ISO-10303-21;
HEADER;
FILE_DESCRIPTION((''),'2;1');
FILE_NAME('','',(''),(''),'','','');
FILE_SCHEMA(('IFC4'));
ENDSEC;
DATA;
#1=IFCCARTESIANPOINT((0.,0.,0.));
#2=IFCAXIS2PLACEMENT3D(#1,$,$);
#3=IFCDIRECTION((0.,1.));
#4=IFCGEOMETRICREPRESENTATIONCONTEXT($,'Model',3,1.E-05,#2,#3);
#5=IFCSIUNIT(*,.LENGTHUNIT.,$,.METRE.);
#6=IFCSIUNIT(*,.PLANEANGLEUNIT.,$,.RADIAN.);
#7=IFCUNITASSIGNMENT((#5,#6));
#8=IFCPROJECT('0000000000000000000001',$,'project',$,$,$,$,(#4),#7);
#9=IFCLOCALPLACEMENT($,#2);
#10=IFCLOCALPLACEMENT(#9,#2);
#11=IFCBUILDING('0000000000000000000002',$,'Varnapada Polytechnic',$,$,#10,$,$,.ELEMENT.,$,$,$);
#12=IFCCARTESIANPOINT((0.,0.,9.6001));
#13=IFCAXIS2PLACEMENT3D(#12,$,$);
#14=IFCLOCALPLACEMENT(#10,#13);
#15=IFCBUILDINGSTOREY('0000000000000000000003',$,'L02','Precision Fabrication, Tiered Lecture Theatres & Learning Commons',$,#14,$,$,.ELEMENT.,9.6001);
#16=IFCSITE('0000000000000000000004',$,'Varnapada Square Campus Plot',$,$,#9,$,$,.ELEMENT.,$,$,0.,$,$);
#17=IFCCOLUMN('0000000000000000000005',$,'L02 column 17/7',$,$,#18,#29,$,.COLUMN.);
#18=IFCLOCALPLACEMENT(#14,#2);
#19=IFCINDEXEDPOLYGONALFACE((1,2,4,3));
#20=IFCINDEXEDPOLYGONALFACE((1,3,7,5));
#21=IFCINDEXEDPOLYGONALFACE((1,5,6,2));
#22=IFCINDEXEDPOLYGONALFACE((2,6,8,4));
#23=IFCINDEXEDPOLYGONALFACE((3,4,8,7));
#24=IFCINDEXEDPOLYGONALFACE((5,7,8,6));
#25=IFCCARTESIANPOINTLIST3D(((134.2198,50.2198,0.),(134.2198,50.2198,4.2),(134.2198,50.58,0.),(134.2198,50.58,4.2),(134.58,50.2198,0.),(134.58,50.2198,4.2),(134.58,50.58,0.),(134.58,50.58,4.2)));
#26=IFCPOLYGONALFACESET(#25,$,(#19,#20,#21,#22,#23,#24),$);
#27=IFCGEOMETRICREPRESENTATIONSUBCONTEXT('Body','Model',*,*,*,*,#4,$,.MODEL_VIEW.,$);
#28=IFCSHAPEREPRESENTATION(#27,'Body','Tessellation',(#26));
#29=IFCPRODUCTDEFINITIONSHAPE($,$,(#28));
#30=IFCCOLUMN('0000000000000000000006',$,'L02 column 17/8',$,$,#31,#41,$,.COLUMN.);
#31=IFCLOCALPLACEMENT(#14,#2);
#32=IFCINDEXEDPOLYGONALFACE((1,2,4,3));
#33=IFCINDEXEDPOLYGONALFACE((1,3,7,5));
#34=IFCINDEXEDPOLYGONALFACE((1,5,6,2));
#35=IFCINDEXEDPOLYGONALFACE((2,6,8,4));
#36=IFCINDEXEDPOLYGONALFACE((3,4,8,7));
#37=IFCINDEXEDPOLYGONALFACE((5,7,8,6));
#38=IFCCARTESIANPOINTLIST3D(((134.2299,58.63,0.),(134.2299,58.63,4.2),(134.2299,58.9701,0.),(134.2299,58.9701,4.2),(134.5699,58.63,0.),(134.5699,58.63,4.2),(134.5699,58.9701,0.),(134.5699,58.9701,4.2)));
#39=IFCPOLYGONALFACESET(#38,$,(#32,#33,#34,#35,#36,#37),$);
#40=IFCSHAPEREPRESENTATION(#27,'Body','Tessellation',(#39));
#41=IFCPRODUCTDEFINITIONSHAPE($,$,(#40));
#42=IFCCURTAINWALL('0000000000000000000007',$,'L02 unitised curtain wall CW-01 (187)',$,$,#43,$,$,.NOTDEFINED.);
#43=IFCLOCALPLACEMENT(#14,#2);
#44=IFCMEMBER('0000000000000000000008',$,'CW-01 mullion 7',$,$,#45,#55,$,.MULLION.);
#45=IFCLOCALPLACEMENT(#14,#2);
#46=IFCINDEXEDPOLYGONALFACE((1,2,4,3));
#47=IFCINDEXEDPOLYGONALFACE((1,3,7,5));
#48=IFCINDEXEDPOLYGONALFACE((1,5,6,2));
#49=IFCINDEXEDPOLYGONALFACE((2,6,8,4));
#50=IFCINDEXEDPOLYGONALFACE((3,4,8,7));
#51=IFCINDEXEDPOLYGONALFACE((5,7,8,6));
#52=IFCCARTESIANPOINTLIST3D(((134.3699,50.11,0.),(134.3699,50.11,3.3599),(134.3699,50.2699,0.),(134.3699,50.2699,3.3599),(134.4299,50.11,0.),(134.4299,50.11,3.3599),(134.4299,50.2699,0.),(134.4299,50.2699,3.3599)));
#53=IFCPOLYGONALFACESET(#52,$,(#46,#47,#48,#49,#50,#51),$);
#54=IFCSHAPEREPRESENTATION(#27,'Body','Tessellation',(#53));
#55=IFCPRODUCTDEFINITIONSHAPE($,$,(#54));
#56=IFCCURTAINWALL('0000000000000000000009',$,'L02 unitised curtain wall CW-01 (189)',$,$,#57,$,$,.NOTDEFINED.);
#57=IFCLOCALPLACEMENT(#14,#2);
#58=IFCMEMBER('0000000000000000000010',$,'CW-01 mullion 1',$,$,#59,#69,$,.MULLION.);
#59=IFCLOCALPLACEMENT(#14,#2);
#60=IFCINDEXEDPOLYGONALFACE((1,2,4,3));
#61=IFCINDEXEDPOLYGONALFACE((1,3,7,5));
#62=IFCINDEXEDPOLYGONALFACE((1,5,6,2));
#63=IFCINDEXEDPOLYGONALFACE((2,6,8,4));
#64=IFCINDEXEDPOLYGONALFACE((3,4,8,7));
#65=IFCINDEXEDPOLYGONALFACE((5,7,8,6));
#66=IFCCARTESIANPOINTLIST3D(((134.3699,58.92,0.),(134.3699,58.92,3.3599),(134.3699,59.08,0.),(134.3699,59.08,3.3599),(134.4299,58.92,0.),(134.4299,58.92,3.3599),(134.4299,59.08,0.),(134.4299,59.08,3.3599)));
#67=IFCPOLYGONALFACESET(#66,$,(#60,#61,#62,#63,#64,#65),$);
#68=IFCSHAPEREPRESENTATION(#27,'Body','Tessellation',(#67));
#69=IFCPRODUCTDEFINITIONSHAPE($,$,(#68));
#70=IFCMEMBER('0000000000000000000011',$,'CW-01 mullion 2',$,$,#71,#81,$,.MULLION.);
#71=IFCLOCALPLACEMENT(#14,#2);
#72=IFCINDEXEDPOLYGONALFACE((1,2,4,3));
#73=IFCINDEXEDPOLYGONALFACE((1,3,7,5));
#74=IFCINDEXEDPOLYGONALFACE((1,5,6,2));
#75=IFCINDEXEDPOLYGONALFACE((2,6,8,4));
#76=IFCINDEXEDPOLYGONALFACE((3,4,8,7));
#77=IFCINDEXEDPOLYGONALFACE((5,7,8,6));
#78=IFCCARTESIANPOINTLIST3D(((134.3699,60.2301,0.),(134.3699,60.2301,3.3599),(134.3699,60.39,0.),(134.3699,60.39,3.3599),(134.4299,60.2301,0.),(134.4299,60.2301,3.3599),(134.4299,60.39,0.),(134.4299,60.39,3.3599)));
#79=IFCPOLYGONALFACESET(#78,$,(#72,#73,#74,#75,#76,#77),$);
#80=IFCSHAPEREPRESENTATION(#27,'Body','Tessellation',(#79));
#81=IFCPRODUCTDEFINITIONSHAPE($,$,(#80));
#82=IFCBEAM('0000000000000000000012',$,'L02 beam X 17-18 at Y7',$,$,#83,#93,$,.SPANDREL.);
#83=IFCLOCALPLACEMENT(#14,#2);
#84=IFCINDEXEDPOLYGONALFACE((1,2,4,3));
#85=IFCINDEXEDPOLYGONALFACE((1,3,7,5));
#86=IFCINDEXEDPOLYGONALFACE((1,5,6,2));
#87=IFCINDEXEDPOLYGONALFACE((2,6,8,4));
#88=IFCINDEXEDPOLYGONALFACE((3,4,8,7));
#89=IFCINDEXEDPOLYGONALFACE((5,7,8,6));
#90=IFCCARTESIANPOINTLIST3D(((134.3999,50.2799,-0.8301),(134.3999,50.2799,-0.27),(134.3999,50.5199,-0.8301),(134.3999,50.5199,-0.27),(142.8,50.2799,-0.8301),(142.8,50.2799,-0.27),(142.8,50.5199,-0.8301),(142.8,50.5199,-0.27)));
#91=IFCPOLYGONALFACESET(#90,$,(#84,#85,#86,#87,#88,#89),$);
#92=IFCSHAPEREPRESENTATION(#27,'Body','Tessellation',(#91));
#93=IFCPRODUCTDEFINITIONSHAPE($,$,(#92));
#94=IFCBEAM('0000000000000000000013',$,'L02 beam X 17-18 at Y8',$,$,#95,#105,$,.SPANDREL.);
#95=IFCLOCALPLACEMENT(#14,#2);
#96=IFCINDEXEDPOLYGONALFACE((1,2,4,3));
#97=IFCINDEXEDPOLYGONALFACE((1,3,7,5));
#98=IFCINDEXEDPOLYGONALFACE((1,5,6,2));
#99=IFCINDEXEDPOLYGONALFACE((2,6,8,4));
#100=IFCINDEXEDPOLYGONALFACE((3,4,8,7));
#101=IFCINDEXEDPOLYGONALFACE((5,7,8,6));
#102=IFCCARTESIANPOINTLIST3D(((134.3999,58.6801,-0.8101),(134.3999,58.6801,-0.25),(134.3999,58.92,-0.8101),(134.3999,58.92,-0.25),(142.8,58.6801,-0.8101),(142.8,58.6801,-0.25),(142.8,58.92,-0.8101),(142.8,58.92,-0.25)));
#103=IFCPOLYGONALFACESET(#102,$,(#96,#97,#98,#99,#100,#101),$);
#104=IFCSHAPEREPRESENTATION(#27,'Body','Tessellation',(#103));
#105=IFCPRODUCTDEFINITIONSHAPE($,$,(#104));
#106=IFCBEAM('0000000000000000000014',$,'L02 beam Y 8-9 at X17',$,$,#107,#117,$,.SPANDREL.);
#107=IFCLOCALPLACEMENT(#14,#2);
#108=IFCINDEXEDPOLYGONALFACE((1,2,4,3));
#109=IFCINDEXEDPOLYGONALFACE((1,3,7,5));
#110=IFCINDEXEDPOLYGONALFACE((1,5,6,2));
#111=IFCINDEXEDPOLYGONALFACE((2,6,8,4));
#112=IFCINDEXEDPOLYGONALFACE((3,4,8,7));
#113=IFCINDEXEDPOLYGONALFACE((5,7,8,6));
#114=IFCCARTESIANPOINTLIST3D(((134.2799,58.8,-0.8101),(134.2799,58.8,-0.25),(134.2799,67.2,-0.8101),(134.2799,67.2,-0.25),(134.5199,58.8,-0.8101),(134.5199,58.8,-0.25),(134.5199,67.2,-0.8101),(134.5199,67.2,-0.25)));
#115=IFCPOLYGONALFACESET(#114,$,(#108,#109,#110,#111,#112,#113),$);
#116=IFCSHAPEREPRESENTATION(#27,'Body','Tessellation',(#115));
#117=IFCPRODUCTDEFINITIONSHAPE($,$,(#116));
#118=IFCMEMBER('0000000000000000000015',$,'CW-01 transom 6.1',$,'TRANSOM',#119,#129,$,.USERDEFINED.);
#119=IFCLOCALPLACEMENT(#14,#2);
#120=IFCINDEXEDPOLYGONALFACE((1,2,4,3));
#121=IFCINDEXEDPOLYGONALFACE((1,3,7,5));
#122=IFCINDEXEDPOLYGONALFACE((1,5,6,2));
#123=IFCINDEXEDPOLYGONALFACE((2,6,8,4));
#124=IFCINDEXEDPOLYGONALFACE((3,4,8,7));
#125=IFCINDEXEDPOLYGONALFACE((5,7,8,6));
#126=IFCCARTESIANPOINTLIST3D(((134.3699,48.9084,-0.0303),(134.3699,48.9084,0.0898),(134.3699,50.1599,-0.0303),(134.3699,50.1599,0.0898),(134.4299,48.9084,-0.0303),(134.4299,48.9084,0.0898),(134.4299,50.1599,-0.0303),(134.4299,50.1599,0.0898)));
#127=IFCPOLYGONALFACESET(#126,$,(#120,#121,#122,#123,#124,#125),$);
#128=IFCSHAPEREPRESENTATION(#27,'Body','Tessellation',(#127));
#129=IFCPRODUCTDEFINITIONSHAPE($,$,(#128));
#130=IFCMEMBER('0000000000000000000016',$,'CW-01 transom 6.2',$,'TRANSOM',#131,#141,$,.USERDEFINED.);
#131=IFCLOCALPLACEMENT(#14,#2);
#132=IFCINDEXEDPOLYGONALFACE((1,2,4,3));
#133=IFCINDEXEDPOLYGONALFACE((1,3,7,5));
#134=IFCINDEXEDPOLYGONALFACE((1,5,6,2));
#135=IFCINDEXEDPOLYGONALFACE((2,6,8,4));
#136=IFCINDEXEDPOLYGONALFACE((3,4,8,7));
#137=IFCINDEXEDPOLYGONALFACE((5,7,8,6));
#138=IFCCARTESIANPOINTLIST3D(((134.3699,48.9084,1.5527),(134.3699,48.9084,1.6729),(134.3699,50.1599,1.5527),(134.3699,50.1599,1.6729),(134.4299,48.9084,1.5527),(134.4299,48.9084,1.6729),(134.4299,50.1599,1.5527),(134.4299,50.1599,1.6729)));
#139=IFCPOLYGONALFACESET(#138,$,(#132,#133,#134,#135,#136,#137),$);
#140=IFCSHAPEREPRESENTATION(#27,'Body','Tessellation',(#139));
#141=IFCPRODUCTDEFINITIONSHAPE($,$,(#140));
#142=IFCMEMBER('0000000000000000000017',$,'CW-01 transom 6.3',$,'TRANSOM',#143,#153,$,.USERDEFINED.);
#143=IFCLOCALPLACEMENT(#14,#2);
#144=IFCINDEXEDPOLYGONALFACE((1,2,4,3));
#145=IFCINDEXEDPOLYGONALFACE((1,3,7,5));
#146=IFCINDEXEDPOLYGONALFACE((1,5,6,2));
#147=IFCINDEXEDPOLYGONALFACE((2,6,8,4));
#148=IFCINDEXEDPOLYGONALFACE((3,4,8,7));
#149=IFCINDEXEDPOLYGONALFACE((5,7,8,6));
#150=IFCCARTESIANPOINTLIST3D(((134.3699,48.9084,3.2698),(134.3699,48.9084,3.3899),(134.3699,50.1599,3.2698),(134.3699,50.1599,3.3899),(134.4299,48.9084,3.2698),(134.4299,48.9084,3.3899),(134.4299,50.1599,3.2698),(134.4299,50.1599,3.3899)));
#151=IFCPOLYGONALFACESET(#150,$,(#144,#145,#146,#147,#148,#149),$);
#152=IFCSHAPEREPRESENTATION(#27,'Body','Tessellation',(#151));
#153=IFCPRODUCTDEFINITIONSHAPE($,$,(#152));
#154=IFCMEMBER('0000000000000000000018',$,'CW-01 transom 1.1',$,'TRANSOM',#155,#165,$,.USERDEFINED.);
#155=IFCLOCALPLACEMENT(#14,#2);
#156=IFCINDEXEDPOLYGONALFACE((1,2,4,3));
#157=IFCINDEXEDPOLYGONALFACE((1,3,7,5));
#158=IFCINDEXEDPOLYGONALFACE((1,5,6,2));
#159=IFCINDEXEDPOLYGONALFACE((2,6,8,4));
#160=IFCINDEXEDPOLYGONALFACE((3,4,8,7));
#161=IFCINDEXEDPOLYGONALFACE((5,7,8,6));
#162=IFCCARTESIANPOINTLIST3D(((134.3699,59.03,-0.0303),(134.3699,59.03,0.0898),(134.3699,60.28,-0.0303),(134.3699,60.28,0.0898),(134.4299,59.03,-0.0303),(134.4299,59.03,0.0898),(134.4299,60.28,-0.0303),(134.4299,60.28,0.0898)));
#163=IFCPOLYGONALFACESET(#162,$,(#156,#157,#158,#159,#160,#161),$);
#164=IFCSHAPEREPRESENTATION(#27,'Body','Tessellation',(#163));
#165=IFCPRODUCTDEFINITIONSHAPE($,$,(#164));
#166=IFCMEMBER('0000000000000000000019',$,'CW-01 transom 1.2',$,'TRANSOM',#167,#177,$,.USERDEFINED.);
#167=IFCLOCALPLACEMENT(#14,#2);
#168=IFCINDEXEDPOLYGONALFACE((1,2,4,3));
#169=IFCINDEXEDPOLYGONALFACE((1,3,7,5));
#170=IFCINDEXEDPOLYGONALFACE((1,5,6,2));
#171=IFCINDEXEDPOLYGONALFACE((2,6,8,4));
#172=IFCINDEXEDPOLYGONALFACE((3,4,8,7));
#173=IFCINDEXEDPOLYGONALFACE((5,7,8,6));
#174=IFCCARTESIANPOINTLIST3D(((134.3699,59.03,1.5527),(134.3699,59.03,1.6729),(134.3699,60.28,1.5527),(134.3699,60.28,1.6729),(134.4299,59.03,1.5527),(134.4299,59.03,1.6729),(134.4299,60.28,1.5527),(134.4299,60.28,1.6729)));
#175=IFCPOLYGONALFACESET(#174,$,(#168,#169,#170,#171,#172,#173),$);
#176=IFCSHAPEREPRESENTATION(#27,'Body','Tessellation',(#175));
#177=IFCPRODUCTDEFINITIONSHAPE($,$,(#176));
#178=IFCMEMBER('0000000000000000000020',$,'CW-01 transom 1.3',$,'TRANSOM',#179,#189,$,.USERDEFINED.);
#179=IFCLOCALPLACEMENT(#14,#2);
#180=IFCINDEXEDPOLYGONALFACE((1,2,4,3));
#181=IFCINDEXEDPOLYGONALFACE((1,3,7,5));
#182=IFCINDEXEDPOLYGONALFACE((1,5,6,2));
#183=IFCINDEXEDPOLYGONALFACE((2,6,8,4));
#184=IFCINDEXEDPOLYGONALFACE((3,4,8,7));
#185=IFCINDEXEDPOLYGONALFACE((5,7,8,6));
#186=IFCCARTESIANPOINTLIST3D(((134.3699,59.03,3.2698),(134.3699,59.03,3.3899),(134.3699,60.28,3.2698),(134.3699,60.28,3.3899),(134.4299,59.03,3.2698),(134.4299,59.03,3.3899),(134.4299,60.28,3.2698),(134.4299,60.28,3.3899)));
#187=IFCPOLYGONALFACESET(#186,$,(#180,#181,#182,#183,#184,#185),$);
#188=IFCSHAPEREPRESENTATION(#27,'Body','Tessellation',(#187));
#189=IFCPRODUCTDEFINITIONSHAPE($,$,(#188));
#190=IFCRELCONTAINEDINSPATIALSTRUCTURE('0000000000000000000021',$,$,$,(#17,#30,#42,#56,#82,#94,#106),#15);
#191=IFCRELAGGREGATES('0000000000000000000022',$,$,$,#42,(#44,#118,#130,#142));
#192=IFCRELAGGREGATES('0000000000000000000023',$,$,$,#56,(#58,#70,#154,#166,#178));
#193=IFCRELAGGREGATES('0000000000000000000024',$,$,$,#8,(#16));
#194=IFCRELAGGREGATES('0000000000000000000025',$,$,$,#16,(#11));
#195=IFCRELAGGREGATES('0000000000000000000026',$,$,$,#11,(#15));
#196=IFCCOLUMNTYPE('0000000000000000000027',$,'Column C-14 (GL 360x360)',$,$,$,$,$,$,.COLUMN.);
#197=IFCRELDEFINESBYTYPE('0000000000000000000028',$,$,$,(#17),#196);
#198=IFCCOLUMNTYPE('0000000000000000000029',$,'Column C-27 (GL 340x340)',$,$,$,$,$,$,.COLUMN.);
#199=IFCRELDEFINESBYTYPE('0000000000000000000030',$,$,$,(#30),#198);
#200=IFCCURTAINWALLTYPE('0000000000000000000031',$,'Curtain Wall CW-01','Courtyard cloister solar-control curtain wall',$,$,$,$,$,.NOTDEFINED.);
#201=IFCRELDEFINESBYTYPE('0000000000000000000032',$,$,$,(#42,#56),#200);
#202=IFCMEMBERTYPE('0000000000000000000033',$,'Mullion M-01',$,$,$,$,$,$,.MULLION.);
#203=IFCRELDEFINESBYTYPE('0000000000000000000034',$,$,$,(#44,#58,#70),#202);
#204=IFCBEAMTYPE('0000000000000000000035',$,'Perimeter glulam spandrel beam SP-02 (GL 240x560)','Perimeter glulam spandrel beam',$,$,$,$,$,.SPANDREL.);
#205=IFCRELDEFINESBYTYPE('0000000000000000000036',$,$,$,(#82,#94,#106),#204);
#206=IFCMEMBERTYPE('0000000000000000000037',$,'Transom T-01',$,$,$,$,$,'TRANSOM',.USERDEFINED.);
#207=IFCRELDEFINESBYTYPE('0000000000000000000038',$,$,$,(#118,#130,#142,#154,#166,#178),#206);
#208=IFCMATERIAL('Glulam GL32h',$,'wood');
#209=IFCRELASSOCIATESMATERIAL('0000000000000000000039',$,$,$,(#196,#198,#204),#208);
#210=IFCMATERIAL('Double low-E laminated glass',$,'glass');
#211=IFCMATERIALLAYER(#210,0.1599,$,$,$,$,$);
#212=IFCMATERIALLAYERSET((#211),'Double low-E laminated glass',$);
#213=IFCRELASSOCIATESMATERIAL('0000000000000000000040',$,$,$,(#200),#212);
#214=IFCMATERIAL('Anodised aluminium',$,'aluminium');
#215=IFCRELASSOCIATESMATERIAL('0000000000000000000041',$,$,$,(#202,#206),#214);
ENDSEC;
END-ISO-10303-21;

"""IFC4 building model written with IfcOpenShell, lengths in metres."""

from ifc_helpers import new_model, si_unit, direction, frame, origin, origin_2d, place, context, subcontext, project, spatial, rectangle, extrude, material, layer, layer_set, material_profile, profile_set, type_object, element, aggregate, save


model = new_model("IFC4")

# Units and contexts
model_context = context("Model", 3, precision=1e-05, world=origin(), true_north=direction((0.0, 1.0)))
body_context = subcontext(model_context, "Body", "Model", "MODEL_VIEW")
ifc_project = project(units=[si_unit("LENGTHUNIT", "METRE"), si_unit("PLANEANGLEUNIT", "RADIAN")], contexts=[model_context])

# Site, building, storey
site_placement = place(None, origin())
site = spatial("IfcSite", under=ifc_project, at=site_placement, Name="Varnapada Square Campus Plot", CompositionType="ELEMENT", RefElevation=0.0)
building_placement = place(site_placement, origin())
building = spatial("IfcBuilding", under=site, at=building_placement, Name="Varnapada Polytechnic", CompositionType="ELEMENT")
storey_placement = place(building_placement, frame((0.0, 0.0, 9.6001)))
storey = spatial("IfcBuildingStorey", under=building, at=storey_placement, Name="L02", Description="Precision Fabrication, Tiered Lecture Theatres & Learning Commons", CompositionType="ELEMENT", Elevation=9.6001)

# Columns
ifc_material_1 = material(Name="Glulam GL32h", Category="wood")
ifc_material_profile_1 = material_profile(ifc_material_1, rectangle(XDim=0.3601, YDim=0.3601, at=origin_2d()), Name="GL 360x360")
ifc_profile_set_1 = profile_set([ifc_material_profile_1], Name="Glulam GL32h")
column_type_1 = type_object("IfcColumnType", Name="Column C-14 (GL 360x360)", PredefinedType="COLUMN", material=ifc_profile_set_1)
column_1_placement = place(storey_placement, frame((134.3999, 50.3999, 0.0), z_axis=(0.0, 0.0, 1.0), x_axis=(1.0, 0.0, 0.0)))
element("IfcColumn", 1, at=column_1_placement, inside=storey, type_object=column_type_1, Name="L02 column 17/7", PredefinedType="COLUMN", context=body_context, shape_type="SweptSolid", body=[
    extrude(rectangle(XDim=0.3601, YDim=0.3601, at=origin_2d()), origin(), (0.0, 0.0, 1.0), 4.2),
])
ifc_material_profile_2 = material_profile(ifc_material_1, rectangle(XDim=0.3401, YDim=0.3401, at=origin_2d()), Name="GL 340x340")
ifc_profile_set_2 = profile_set([ifc_material_profile_2], Name="Glulam GL32h")
column_type_2 = type_object("IfcColumnType", Name="Column C-27 (GL 340x340)", PredefinedType="COLUMN", material=ifc_profile_set_2)
column_2_placement = place(storey_placement, frame((134.3999, 58.8, 0.0), z_axis=(0.0, 0.0, 1.0), x_axis=(1.0, 0.0, 0.0)))
element("IfcColumn", 2, at=column_2_placement, inside=storey, type_object=column_type_2, Name="L02 column 17/8", PredefinedType="COLUMN", context=body_context, shape_type="SweptSolid", body=[
    extrude(rectangle(XDim=0.3401, YDim=0.3401, at=origin_2d()), origin(), (0.0, 0.0, 1.0), 4.2),
])

# Curtain wall, member
ifc_material_2 = material(Name="Double low-E laminated glass", Category="glass")
ifc_layer_1 = layer(ifc_material_2, 0.1599)
ifc_layer_set_1 = layer_set([ifc_layer_1], Name="Double low-E laminated glass")
curtain_wall_type = type_object("IfcCurtainWallType", Name="Curtain Wall CW-01", Description="Courtyard cloister solar-control curtain wall", PredefinedType="NOTDEFINED", material=ifc_layer_set_1)
curtain_wall_1_placement = place(storey_placement, origin())
curtain_wall_1 = element("IfcCurtainWall", 3, at=curtain_wall_1_placement, inside=storey, type_object=curtain_wall_type, Name="L02 unitised curtain wall CW-01 (187)", PredefinedType="NOTDEFINED")
ifc_material_3 = material(Name="Anodised aluminium", Category="aluminium")
ifc_material_profile_3 = material_profile(ifc_material_3, rectangle(XDim=0.0601, YDim=0.1599, at=origin_2d()), Name="ALU M60x160")
ifc_profile_set_3 = profile_set([ifc_material_profile_3], Name="Anodised aluminium")
member_type_1 = type_object("IfcMemberType", Name="Mullion M-01", PredefinedType="MULLION", material=ifc_profile_set_3)
member_1_placement = place(storey_placement, frame((134.3999, 50.1899, 0.0), z_axis=(0.0, 0.0, 1.0), x_axis=(-1.0, 0.0, 0.0)))
member_1 = element("IfcMember", 4, at=member_1_placement, type_object=member_type_1, Name="CW-01 mullion 7", PredefinedType="MULLION", context=body_context, shape_type="SweptSolid", body=[
    extrude(rectangle(XDim=0.0601, YDim=0.1599, at=origin_2d()), origin(), (0.0, 0.0, 1.0), 3.3599),
])

# Curtain wall, members
curtain_wall_2_placement = place(storey_placement, origin())
curtain_wall_2 = element("IfcCurtainWall", 5, at=curtain_wall_2_placement, inside=storey, type_object=curtain_wall_type, Name="L02 unitised curtain wall CW-01 (189)", PredefinedType="NOTDEFINED")
member_2_placement = place(storey_placement, frame((134.3999, 59.0, 0.0), z_axis=(0.0, 0.0, 1.0), x_axis=(-1.0, 0.0, 0.0)))
member_2 = element("IfcMember", 6, at=member_2_placement, type_object=member_type_1, Name="CW-01 mullion 1", PredefinedType="MULLION", context=body_context, shape_type="SweptSolid", body=[
    extrude(rectangle(XDim=0.0601, YDim=0.1599, at=origin_2d()), origin(), (0.0, 0.0, 1.0), 3.3599),
])
member_3_placement = place(storey_placement, frame((134.3999, 60.3101, 0.0), z_axis=(0.0, 0.0, 1.0), x_axis=(-1.0, 0.0, 0.0)))
member_3 = element("IfcMember", 7, at=member_3_placement, type_object=member_type_1, Name="CW-01 mullion 2", PredefinedType="MULLION", context=body_context, shape_type="SweptSolid", body=[
    extrude(rectangle(XDim=0.0601, YDim=0.1599, at=origin_2d()), origin(), (0.0, 0.0, 1.0), 3.3599),
])

# Beams
ifc_material_profile_4 = material_profile(ifc_material_1, rectangle(XDim=0.24, YDim=0.5601, at=origin_2d()), Name="GL 240x560")
ifc_profile_set_4 = profile_set([ifc_material_profile_4], Name="Glulam GL32h")
beam_type = type_object("IfcBeamType", Name="Perimeter glulam spandrel beam SP-02 (GL 240x560)", Description="Perimeter glulam spandrel beam", PredefinedType="SPANDREL", material=ifc_profile_set_4)
for number, where, z_axis, x_axis, name in (
    (8, (134.3999, 50.3999, -0.55), (1.0, 0.0, 0.0), (0.0, 1.0, 0.0), "L02 beam X 17-18 at Y7"),
    (9, (134.3999, 58.8, -0.53), (1.0, 0.0, 0.0), (0.0, 1.0, 0.0), "L02 beam X 17-18 at Y8"),
):
    element("IfcBeam", number, at=place(storey_placement, frame(where, z_axis=z_axis, x_axis=x_axis)), inside=storey, type_object=beam_type, Name=name, PredefinedType="SPANDREL", context=body_context, shape_type="SweptSolid", body=[
        extrude(rectangle(XDim=0.24, YDim=0.5601, at=origin_2d()), origin(), (0.0, 0.0, 1.0), 8.4001),
    ])
beam_placement = place(storey_placement, frame((134.3999, 58.8, -0.53), z_axis=(0.0, 1.0, 0.0), x_axis=(-1.0, 0.0, 0.0)))
element("IfcBeam", 10, at=beam_placement, inside=storey, type_object=beam_type, Name="L02 beam Y 8-9 at X17", PredefinedType="SPANDREL", context=body_context, shape_type="SweptSolid", body=[
    extrude(rectangle(XDim=0.24, YDim=0.5601, at=origin_2d()), origin(), (0.0, 0.0, 1.0), 8.3999),
])

# Members
ifc_material_profile_5 = material_profile(ifc_material_3, rectangle(XDim=0.0601, YDim=0.1201, at=origin_2d()), Name="ALU T60x120")
ifc_profile_set_5 = profile_set([ifc_material_profile_5], Name="Anodised aluminium")
member_type_2 = type_object("IfcMemberType", Name="Transom T-01", ElementType="TRANSOM", PredefinedType="USERDEFINED", material=ifc_profile_set_5)
member_4_placement = place(storey_placement, frame((134.3999, 48.9084, 0.0298), z_axis=(0.0, 1.0, 0.0), x_axis=(-1.0, 0.0, 0.0)))
member_4 = element("IfcMember", 11, at=member_4_placement, type_object=member_type_2, Name="CW-01 transom 6.1", ObjectType="TRANSOM", PredefinedType="USERDEFINED", context=body_context, shape_type="SweptSolid", body=[
    extrude(rectangle(XDim=0.0601, YDim=0.1201, at=origin_2d()), origin(), (0.0, 0.0, 1.0), 1.2515),
])
member_5_placement = place(storey_placement, frame((134.3999, 48.9084, 1.6128), z_axis=(0.0, 1.0, 0.0), x_axis=(-1.0, 0.0, 0.0)))
member_5 = element("IfcMember", 12, at=member_5_placement, type_object=member_type_2, Name="CW-01 transom 6.2", ObjectType="TRANSOM", PredefinedType="USERDEFINED", context=body_context, shape_type="SweptSolid", body=[
    extrude(rectangle(XDim=0.0601, YDim=0.1201, at=origin_2d()), origin(), (0.0, 0.0, 1.0), 1.2515),
])
member_6_placement = place(storey_placement, frame((134.3999, 48.9084, 3.3298), z_axis=(0.0, 1.0, 0.0), x_axis=(-1.0, 0.0, 0.0)))
member_6 = element("IfcMember", 13, at=member_6_placement, type_object=member_type_2, Name="CW-01 transom 6.3", ObjectType="TRANSOM", PredefinedType="USERDEFINED", context=body_context, shape_type="SweptSolid", body=[
    extrude(rectangle(XDim=0.0601, YDim=0.1201, at=origin_2d()), origin(), (0.0, 0.0, 1.0), 1.2515),
])
member_7_placement = place(storey_placement, frame((134.3999, 59.03, 0.0298), z_axis=(0.0, 1.0, 0.0), x_axis=(-1.0, 0.0, 0.0)))
member_7 = element("IfcMember", 14, at=member_7_placement, type_object=member_type_2, Name="CW-01 transom 1.1", ObjectType="TRANSOM", PredefinedType="USERDEFINED", context=body_context, shape_type="SweptSolid", body=[
    extrude(rectangle(XDim=0.0601, YDim=0.1201, at=origin_2d()), origin(), (0.0, 0.0, 1.0), 1.25),
])
member_8_placement = place(storey_placement, frame((134.3999, 59.03, 1.6128), z_axis=(0.0, 1.0, 0.0), x_axis=(-1.0, 0.0, 0.0)))
member_8 = element("IfcMember", 15, at=member_8_placement, type_object=member_type_2, Name="CW-01 transom 1.2", ObjectType="TRANSOM", PredefinedType="USERDEFINED", context=body_context, shape_type="SweptSolid", body=[
    extrude(rectangle(XDim=0.0601, YDim=0.1201, at=origin_2d()), origin(), (0.0, 0.0, 1.0), 1.25),
])
member_9_placement = place(storey_placement, frame((134.3999, 59.03, 3.3298), z_axis=(0.0, 1.0, 0.0), x_axis=(-1.0, 0.0, 0.0)))
member_9 = element("IfcMember", 16, at=member_9_placement, type_object=member_type_2, Name="CW-01 transom 1.3", ObjectType="TRANSOM", PredefinedType="USERDEFINED", context=body_context, shape_type="SweptSolid", body=[
    extrude(rectangle(XDim=0.0601, YDim=0.1201, at=origin_2d()), origin(), (0.0, 0.0, 1.0), 1.25),
])

aggregate(curtain_wall_1, [member_1, member_4, member_5, member_6])
aggregate(curtain_wall_2, [member_2, member_3, member_7, member_8, member_9])

save(model, "model.ifc")
